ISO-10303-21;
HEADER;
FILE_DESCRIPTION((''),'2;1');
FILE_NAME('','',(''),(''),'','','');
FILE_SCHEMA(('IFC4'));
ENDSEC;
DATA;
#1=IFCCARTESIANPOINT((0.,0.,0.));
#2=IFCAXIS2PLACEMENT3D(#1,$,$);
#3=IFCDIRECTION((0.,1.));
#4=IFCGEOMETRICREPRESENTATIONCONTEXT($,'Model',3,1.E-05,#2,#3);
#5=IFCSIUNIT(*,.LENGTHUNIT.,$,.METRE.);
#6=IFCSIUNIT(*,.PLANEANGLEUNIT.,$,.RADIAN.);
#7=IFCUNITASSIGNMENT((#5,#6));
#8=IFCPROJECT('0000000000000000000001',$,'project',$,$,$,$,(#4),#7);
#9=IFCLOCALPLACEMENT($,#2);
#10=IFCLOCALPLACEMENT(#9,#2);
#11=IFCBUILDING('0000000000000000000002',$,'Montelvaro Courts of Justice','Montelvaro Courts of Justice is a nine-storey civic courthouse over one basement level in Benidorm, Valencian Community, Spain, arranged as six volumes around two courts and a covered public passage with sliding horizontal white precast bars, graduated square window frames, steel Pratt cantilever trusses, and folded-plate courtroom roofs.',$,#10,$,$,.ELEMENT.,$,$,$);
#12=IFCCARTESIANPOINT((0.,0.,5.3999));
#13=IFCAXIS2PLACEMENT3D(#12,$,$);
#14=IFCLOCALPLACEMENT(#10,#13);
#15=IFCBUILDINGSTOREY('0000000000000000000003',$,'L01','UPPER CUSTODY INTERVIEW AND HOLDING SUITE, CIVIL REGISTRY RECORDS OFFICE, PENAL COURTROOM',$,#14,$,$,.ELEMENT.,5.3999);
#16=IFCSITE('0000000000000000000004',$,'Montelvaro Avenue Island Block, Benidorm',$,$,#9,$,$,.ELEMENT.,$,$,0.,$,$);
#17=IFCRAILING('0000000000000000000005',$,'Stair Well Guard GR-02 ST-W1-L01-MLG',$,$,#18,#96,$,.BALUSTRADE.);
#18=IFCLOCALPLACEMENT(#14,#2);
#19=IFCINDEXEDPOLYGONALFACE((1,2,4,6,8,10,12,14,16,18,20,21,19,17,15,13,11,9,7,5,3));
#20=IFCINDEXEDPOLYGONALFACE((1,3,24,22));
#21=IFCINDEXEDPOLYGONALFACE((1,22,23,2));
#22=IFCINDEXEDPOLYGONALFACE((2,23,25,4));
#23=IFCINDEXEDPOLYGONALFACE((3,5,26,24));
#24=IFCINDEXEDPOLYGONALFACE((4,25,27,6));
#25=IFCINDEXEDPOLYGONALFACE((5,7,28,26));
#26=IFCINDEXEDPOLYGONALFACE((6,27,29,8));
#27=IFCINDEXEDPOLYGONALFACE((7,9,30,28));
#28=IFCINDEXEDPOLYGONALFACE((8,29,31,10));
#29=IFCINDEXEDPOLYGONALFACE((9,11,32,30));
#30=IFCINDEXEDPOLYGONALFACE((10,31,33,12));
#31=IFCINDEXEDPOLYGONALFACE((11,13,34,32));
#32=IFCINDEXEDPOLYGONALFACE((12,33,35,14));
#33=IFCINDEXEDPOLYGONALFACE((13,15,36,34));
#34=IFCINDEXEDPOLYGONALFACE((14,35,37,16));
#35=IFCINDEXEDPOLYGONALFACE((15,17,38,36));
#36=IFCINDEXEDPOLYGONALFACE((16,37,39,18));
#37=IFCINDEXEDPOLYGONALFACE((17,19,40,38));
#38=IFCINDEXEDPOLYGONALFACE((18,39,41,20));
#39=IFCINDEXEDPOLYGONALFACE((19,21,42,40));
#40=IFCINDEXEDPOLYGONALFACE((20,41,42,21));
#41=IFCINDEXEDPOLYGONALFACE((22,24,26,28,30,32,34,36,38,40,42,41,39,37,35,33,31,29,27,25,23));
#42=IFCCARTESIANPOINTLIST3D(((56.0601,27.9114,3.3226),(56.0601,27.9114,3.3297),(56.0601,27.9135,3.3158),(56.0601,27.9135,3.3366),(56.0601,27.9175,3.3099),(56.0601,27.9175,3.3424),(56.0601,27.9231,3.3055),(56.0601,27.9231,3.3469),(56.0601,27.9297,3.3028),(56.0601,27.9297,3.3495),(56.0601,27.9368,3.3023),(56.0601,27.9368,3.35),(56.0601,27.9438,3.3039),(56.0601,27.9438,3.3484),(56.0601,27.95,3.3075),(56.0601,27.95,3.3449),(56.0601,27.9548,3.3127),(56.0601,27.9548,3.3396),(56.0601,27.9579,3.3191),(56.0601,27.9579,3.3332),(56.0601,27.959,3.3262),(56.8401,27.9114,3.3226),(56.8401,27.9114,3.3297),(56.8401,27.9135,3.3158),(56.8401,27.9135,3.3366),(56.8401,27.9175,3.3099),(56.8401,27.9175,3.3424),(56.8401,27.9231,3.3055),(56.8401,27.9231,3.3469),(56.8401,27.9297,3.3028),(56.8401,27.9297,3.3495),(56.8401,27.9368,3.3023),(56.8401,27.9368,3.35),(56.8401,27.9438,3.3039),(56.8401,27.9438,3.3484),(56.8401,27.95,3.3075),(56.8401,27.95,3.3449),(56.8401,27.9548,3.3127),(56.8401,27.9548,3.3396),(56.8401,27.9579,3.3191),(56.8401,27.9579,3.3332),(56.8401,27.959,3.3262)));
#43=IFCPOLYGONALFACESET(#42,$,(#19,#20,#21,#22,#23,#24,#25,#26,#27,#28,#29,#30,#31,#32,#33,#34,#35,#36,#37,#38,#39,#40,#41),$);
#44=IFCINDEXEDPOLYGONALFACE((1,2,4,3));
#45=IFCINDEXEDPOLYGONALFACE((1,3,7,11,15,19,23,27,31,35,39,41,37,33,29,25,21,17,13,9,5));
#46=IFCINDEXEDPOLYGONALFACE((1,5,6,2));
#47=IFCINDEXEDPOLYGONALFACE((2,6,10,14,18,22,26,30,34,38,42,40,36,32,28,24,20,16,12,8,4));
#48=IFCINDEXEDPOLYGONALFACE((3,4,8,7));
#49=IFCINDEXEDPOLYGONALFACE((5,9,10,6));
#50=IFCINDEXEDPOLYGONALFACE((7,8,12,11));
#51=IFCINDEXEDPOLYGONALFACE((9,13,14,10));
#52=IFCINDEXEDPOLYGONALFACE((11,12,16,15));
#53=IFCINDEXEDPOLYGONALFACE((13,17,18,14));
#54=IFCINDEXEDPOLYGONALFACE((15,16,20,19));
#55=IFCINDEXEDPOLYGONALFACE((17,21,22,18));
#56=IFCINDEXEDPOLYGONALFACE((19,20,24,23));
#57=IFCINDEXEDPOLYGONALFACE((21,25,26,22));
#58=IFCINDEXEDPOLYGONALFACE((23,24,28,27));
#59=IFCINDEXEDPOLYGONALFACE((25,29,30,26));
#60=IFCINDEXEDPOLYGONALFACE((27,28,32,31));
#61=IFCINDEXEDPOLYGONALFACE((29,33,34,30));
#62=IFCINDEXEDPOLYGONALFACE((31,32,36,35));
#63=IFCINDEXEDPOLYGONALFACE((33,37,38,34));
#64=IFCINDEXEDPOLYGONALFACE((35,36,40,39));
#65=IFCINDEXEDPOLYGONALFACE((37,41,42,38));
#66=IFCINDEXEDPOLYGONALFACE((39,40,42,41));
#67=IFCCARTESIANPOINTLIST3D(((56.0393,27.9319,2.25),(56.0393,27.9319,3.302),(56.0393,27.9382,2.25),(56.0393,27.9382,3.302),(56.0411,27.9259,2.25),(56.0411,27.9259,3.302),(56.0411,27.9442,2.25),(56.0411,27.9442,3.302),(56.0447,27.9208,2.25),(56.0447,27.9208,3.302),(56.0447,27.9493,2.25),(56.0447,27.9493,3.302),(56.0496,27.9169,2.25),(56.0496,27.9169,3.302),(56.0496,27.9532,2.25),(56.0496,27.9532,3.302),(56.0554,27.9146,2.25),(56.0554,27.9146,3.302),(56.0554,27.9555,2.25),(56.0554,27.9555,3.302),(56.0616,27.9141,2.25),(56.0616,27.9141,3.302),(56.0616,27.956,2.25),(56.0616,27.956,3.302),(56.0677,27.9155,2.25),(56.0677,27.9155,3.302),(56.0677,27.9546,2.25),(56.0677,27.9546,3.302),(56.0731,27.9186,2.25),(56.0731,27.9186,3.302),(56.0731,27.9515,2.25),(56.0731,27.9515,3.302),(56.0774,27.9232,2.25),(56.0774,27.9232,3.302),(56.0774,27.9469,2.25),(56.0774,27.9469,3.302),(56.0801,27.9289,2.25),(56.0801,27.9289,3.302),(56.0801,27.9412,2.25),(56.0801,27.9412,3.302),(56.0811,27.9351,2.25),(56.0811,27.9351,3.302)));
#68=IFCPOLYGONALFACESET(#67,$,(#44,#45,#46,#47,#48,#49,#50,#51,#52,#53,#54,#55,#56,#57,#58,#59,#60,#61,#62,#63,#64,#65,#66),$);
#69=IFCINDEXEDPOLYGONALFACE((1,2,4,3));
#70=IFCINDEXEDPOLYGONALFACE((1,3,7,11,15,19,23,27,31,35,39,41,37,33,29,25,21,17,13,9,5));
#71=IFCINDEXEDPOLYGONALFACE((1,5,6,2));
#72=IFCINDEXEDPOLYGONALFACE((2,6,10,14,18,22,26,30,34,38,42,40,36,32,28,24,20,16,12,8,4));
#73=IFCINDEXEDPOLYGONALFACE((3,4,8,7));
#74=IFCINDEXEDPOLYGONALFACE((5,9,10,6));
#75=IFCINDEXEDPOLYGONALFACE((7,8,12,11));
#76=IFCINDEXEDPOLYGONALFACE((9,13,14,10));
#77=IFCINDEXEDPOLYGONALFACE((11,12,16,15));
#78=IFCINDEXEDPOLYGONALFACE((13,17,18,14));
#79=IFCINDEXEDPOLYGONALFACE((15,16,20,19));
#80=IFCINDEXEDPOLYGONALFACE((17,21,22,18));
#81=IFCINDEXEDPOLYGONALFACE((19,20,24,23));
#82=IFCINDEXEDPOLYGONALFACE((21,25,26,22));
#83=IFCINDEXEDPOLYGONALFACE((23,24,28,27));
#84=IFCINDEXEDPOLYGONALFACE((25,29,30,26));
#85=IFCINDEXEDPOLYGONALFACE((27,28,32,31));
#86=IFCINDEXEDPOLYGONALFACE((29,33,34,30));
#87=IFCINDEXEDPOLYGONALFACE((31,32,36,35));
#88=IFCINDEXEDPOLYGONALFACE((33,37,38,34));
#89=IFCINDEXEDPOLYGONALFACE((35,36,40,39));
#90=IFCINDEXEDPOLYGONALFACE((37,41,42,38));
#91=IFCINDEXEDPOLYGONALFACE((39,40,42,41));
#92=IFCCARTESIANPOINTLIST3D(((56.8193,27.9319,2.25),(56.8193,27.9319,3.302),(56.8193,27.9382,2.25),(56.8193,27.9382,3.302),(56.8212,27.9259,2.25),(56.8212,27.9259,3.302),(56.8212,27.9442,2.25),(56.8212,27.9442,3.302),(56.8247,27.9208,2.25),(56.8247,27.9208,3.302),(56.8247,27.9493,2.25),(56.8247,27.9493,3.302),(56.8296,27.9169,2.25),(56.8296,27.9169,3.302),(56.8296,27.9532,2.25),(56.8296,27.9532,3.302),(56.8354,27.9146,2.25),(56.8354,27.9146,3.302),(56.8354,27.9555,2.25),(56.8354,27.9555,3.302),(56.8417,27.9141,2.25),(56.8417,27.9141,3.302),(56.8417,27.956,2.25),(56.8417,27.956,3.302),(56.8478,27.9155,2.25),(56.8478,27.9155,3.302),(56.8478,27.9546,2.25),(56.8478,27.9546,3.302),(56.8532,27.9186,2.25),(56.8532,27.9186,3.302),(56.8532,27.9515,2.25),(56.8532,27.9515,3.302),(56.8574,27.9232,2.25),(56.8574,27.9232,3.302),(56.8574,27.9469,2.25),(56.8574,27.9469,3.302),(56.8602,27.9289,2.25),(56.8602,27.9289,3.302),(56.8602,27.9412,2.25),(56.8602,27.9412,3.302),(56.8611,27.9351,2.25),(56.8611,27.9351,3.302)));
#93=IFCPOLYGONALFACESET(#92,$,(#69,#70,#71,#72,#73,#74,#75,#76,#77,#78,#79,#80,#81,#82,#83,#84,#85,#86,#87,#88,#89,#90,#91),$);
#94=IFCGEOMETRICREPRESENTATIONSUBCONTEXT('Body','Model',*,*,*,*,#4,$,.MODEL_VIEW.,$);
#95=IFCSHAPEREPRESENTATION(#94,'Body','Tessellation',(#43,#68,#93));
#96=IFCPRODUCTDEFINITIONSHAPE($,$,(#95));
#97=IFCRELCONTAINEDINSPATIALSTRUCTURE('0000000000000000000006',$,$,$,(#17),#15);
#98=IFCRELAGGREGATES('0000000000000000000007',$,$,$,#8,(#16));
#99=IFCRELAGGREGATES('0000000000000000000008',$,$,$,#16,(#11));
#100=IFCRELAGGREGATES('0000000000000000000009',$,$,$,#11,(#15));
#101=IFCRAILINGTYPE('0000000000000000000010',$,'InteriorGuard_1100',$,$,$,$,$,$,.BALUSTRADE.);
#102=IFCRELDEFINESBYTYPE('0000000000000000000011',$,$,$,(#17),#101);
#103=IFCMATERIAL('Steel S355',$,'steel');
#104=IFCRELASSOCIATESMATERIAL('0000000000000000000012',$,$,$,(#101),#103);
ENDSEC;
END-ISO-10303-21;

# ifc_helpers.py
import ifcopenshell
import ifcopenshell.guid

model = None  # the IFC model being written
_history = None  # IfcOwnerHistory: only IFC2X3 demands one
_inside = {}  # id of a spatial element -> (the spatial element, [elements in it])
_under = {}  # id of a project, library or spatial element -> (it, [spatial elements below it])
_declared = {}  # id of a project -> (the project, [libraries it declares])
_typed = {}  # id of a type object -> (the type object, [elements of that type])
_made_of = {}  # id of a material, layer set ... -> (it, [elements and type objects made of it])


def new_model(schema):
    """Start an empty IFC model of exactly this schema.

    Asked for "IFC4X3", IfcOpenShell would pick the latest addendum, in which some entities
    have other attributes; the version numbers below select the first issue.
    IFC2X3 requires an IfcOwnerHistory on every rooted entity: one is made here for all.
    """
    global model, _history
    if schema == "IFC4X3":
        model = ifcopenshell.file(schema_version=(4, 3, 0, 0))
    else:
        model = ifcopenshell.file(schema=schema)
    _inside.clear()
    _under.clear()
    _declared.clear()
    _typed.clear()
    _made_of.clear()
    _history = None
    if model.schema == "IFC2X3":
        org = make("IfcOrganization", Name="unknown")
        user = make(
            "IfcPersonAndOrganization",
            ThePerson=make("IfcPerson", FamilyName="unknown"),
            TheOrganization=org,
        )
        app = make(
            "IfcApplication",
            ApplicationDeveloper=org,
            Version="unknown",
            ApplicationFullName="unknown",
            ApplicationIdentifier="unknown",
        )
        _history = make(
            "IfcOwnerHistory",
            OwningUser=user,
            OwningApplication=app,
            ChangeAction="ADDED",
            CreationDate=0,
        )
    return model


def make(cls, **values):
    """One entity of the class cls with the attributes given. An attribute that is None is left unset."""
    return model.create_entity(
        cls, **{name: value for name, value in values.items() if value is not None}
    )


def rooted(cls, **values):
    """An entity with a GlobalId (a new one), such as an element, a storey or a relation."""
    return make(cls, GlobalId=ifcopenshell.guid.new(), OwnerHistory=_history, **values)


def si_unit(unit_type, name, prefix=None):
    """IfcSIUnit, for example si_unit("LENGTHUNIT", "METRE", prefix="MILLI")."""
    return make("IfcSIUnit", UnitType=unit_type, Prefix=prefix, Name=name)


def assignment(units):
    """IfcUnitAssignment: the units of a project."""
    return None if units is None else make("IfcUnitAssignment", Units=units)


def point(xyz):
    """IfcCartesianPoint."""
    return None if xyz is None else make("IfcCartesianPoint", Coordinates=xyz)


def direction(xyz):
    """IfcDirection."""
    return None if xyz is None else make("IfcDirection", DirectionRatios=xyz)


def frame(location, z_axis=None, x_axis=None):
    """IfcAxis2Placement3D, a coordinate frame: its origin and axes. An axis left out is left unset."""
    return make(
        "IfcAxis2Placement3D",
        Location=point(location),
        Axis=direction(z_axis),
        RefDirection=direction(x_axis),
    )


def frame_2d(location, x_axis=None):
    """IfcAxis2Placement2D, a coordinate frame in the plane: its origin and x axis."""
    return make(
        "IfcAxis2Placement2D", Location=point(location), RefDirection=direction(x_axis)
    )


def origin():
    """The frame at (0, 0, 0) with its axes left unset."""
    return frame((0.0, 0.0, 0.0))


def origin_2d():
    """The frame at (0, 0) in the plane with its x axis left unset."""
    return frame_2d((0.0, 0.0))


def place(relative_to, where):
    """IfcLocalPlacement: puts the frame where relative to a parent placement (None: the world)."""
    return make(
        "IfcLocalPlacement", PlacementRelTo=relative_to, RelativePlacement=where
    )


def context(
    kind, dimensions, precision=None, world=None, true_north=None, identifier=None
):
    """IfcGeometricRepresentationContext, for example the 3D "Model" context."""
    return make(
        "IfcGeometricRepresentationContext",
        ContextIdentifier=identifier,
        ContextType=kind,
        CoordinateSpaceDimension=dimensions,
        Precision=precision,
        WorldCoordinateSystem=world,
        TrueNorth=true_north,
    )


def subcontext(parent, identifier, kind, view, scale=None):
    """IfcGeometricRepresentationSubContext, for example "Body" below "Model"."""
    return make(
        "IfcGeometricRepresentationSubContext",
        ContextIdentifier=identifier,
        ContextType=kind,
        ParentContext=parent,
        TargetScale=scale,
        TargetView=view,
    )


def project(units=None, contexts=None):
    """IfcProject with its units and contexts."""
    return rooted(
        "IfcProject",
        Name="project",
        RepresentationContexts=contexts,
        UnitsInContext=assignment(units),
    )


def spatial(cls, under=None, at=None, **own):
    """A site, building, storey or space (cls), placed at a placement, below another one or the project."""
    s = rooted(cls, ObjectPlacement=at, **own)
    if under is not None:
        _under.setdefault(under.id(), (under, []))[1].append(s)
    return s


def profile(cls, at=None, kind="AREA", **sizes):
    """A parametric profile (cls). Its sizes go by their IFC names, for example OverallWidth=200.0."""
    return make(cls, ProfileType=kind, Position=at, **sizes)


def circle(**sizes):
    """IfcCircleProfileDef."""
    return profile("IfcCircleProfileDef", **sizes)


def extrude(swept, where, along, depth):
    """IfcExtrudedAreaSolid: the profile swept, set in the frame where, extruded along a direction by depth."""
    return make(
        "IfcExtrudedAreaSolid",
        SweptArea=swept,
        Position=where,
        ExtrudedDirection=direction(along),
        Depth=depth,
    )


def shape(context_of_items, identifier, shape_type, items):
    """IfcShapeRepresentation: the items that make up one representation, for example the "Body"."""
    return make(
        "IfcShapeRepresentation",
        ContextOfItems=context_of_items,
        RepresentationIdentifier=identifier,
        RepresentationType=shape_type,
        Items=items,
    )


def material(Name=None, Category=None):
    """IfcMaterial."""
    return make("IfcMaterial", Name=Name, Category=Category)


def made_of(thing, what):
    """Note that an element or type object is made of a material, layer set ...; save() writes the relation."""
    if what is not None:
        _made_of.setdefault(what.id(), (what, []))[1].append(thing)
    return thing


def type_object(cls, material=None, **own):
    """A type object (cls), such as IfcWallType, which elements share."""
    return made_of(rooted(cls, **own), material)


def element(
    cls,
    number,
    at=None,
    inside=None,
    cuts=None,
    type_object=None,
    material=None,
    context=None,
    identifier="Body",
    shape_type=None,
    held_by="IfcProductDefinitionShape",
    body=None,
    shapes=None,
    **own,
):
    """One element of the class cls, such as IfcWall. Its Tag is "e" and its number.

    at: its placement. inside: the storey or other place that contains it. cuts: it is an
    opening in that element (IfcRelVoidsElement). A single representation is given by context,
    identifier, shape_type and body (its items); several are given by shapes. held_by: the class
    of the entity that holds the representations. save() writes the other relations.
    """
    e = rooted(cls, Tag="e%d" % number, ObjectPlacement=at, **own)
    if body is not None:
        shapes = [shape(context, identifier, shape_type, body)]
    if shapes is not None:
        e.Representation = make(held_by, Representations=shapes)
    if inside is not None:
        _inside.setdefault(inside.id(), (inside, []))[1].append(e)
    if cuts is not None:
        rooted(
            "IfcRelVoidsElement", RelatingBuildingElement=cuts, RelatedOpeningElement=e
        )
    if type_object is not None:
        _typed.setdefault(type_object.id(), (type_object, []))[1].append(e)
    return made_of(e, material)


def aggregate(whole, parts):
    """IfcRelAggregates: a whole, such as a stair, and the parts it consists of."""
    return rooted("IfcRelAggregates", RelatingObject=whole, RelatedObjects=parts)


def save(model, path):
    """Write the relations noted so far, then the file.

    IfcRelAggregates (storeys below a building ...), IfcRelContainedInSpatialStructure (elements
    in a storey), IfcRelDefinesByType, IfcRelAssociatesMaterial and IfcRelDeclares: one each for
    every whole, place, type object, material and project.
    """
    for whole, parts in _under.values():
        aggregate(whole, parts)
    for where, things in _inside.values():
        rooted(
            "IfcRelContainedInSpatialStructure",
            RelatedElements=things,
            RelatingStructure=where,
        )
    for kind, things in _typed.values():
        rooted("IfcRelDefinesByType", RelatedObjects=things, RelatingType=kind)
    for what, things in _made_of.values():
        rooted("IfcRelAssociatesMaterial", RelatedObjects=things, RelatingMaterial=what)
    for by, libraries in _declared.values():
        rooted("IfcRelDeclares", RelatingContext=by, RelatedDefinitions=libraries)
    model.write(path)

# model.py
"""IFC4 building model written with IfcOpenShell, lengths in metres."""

from ifc_helpers import new_model, si_unit, direction, frame, origin, origin_2d, place, context, subcontext, project, spatial, circle, extrude, material, type_object, element, save


model = new_model("IFC4")

# Units and contexts
model_context = context("Model", 3, precision=1e-05, world=origin(), true_north=direction((0.0, 1.0)))
body_context = subcontext(model_context, "Body", "Model", "MODEL_VIEW")
ifc_project = project(units=[si_unit("LENGTHUNIT", "METRE"), si_unit("PLANEANGLEUNIT", "RADIAN")], contexts=[model_context])

# Site, building, storey
site_placement = place(None, origin())
site = spatial("IfcSite", under=ifc_project, at=site_placement, Name="Montelvaro Avenue Island Block, Benidorm", CompositionType="ELEMENT", RefElevation=0.0)
building_placement = place(site_placement, origin())
building = spatial("IfcBuilding", under=site, at=building_placement, Name="Montelvaro Courts of Justice", Description="Montelvaro Courts of Justice is a nine-storey civic courthouse over one basement level in Benidorm, Valencian Community, Spain, arranged as six volumes around two courts and a covered public passage with sliding horizontal white precast bars, graduated square window frames, steel Pratt cantilever trusses, and folded-plate courtroom roofs.", CompositionType="ELEMENT")
storey_placement = place(building_placement, frame((0.0, 0.0, 5.3999)))
storey = spatial("IfcBuildingStorey", under=building, at=storey_placement, Name="L01", Description="UPPER CUSTODY INTERVIEW AND HOLDING SUITE, CIVIL REGISTRY RECORDS OFFICE, PENAL COURTROOM", CompositionType="ELEMENT", Elevation=5.3999)

# Shared definitions
ifc_material_1 = material(Name="Steel S355", Category="steel")

# Railing
railing_type_1 = type_object("IfcRailingType", Name="InteriorGuard_1100", PredefinedType="BALUSTRADE", material=ifc_material_1)
railing_1_placement = place(storey_placement, frame((56.0601, 27.9351, 2.25)))
element("IfcRailing", 1, at=railing_1_placement, inside=storey, type_object=railing_type_1, Name="Stair Well Guard GR-02 ST-W1-L01-MLG", PredefinedType="BALUSTRADE", context=body_context, shape_type="SweptSolid", body=[
    extrude(circle(Radius=0.0239, at=origin_2d()), frame((0.0, 0.0, 1.0762), z_axis=(1.0, 0.0, 0.0), x_axis=(0.0, 1.0, 0.0)), (0.0, 0.0, 1.0), 0.78),
    extrude(circle(Radius=0.021, at=origin_2d()), origin(), (0.0, 0.0, 1.0), 1.052),
    extrude(circle(Radius=0.021, at=origin_2d()), frame((0.78, 0.0, 0.0)), (0.0, 0.0, 1.0), 1.052),
])

save(model, "model.ifc")
